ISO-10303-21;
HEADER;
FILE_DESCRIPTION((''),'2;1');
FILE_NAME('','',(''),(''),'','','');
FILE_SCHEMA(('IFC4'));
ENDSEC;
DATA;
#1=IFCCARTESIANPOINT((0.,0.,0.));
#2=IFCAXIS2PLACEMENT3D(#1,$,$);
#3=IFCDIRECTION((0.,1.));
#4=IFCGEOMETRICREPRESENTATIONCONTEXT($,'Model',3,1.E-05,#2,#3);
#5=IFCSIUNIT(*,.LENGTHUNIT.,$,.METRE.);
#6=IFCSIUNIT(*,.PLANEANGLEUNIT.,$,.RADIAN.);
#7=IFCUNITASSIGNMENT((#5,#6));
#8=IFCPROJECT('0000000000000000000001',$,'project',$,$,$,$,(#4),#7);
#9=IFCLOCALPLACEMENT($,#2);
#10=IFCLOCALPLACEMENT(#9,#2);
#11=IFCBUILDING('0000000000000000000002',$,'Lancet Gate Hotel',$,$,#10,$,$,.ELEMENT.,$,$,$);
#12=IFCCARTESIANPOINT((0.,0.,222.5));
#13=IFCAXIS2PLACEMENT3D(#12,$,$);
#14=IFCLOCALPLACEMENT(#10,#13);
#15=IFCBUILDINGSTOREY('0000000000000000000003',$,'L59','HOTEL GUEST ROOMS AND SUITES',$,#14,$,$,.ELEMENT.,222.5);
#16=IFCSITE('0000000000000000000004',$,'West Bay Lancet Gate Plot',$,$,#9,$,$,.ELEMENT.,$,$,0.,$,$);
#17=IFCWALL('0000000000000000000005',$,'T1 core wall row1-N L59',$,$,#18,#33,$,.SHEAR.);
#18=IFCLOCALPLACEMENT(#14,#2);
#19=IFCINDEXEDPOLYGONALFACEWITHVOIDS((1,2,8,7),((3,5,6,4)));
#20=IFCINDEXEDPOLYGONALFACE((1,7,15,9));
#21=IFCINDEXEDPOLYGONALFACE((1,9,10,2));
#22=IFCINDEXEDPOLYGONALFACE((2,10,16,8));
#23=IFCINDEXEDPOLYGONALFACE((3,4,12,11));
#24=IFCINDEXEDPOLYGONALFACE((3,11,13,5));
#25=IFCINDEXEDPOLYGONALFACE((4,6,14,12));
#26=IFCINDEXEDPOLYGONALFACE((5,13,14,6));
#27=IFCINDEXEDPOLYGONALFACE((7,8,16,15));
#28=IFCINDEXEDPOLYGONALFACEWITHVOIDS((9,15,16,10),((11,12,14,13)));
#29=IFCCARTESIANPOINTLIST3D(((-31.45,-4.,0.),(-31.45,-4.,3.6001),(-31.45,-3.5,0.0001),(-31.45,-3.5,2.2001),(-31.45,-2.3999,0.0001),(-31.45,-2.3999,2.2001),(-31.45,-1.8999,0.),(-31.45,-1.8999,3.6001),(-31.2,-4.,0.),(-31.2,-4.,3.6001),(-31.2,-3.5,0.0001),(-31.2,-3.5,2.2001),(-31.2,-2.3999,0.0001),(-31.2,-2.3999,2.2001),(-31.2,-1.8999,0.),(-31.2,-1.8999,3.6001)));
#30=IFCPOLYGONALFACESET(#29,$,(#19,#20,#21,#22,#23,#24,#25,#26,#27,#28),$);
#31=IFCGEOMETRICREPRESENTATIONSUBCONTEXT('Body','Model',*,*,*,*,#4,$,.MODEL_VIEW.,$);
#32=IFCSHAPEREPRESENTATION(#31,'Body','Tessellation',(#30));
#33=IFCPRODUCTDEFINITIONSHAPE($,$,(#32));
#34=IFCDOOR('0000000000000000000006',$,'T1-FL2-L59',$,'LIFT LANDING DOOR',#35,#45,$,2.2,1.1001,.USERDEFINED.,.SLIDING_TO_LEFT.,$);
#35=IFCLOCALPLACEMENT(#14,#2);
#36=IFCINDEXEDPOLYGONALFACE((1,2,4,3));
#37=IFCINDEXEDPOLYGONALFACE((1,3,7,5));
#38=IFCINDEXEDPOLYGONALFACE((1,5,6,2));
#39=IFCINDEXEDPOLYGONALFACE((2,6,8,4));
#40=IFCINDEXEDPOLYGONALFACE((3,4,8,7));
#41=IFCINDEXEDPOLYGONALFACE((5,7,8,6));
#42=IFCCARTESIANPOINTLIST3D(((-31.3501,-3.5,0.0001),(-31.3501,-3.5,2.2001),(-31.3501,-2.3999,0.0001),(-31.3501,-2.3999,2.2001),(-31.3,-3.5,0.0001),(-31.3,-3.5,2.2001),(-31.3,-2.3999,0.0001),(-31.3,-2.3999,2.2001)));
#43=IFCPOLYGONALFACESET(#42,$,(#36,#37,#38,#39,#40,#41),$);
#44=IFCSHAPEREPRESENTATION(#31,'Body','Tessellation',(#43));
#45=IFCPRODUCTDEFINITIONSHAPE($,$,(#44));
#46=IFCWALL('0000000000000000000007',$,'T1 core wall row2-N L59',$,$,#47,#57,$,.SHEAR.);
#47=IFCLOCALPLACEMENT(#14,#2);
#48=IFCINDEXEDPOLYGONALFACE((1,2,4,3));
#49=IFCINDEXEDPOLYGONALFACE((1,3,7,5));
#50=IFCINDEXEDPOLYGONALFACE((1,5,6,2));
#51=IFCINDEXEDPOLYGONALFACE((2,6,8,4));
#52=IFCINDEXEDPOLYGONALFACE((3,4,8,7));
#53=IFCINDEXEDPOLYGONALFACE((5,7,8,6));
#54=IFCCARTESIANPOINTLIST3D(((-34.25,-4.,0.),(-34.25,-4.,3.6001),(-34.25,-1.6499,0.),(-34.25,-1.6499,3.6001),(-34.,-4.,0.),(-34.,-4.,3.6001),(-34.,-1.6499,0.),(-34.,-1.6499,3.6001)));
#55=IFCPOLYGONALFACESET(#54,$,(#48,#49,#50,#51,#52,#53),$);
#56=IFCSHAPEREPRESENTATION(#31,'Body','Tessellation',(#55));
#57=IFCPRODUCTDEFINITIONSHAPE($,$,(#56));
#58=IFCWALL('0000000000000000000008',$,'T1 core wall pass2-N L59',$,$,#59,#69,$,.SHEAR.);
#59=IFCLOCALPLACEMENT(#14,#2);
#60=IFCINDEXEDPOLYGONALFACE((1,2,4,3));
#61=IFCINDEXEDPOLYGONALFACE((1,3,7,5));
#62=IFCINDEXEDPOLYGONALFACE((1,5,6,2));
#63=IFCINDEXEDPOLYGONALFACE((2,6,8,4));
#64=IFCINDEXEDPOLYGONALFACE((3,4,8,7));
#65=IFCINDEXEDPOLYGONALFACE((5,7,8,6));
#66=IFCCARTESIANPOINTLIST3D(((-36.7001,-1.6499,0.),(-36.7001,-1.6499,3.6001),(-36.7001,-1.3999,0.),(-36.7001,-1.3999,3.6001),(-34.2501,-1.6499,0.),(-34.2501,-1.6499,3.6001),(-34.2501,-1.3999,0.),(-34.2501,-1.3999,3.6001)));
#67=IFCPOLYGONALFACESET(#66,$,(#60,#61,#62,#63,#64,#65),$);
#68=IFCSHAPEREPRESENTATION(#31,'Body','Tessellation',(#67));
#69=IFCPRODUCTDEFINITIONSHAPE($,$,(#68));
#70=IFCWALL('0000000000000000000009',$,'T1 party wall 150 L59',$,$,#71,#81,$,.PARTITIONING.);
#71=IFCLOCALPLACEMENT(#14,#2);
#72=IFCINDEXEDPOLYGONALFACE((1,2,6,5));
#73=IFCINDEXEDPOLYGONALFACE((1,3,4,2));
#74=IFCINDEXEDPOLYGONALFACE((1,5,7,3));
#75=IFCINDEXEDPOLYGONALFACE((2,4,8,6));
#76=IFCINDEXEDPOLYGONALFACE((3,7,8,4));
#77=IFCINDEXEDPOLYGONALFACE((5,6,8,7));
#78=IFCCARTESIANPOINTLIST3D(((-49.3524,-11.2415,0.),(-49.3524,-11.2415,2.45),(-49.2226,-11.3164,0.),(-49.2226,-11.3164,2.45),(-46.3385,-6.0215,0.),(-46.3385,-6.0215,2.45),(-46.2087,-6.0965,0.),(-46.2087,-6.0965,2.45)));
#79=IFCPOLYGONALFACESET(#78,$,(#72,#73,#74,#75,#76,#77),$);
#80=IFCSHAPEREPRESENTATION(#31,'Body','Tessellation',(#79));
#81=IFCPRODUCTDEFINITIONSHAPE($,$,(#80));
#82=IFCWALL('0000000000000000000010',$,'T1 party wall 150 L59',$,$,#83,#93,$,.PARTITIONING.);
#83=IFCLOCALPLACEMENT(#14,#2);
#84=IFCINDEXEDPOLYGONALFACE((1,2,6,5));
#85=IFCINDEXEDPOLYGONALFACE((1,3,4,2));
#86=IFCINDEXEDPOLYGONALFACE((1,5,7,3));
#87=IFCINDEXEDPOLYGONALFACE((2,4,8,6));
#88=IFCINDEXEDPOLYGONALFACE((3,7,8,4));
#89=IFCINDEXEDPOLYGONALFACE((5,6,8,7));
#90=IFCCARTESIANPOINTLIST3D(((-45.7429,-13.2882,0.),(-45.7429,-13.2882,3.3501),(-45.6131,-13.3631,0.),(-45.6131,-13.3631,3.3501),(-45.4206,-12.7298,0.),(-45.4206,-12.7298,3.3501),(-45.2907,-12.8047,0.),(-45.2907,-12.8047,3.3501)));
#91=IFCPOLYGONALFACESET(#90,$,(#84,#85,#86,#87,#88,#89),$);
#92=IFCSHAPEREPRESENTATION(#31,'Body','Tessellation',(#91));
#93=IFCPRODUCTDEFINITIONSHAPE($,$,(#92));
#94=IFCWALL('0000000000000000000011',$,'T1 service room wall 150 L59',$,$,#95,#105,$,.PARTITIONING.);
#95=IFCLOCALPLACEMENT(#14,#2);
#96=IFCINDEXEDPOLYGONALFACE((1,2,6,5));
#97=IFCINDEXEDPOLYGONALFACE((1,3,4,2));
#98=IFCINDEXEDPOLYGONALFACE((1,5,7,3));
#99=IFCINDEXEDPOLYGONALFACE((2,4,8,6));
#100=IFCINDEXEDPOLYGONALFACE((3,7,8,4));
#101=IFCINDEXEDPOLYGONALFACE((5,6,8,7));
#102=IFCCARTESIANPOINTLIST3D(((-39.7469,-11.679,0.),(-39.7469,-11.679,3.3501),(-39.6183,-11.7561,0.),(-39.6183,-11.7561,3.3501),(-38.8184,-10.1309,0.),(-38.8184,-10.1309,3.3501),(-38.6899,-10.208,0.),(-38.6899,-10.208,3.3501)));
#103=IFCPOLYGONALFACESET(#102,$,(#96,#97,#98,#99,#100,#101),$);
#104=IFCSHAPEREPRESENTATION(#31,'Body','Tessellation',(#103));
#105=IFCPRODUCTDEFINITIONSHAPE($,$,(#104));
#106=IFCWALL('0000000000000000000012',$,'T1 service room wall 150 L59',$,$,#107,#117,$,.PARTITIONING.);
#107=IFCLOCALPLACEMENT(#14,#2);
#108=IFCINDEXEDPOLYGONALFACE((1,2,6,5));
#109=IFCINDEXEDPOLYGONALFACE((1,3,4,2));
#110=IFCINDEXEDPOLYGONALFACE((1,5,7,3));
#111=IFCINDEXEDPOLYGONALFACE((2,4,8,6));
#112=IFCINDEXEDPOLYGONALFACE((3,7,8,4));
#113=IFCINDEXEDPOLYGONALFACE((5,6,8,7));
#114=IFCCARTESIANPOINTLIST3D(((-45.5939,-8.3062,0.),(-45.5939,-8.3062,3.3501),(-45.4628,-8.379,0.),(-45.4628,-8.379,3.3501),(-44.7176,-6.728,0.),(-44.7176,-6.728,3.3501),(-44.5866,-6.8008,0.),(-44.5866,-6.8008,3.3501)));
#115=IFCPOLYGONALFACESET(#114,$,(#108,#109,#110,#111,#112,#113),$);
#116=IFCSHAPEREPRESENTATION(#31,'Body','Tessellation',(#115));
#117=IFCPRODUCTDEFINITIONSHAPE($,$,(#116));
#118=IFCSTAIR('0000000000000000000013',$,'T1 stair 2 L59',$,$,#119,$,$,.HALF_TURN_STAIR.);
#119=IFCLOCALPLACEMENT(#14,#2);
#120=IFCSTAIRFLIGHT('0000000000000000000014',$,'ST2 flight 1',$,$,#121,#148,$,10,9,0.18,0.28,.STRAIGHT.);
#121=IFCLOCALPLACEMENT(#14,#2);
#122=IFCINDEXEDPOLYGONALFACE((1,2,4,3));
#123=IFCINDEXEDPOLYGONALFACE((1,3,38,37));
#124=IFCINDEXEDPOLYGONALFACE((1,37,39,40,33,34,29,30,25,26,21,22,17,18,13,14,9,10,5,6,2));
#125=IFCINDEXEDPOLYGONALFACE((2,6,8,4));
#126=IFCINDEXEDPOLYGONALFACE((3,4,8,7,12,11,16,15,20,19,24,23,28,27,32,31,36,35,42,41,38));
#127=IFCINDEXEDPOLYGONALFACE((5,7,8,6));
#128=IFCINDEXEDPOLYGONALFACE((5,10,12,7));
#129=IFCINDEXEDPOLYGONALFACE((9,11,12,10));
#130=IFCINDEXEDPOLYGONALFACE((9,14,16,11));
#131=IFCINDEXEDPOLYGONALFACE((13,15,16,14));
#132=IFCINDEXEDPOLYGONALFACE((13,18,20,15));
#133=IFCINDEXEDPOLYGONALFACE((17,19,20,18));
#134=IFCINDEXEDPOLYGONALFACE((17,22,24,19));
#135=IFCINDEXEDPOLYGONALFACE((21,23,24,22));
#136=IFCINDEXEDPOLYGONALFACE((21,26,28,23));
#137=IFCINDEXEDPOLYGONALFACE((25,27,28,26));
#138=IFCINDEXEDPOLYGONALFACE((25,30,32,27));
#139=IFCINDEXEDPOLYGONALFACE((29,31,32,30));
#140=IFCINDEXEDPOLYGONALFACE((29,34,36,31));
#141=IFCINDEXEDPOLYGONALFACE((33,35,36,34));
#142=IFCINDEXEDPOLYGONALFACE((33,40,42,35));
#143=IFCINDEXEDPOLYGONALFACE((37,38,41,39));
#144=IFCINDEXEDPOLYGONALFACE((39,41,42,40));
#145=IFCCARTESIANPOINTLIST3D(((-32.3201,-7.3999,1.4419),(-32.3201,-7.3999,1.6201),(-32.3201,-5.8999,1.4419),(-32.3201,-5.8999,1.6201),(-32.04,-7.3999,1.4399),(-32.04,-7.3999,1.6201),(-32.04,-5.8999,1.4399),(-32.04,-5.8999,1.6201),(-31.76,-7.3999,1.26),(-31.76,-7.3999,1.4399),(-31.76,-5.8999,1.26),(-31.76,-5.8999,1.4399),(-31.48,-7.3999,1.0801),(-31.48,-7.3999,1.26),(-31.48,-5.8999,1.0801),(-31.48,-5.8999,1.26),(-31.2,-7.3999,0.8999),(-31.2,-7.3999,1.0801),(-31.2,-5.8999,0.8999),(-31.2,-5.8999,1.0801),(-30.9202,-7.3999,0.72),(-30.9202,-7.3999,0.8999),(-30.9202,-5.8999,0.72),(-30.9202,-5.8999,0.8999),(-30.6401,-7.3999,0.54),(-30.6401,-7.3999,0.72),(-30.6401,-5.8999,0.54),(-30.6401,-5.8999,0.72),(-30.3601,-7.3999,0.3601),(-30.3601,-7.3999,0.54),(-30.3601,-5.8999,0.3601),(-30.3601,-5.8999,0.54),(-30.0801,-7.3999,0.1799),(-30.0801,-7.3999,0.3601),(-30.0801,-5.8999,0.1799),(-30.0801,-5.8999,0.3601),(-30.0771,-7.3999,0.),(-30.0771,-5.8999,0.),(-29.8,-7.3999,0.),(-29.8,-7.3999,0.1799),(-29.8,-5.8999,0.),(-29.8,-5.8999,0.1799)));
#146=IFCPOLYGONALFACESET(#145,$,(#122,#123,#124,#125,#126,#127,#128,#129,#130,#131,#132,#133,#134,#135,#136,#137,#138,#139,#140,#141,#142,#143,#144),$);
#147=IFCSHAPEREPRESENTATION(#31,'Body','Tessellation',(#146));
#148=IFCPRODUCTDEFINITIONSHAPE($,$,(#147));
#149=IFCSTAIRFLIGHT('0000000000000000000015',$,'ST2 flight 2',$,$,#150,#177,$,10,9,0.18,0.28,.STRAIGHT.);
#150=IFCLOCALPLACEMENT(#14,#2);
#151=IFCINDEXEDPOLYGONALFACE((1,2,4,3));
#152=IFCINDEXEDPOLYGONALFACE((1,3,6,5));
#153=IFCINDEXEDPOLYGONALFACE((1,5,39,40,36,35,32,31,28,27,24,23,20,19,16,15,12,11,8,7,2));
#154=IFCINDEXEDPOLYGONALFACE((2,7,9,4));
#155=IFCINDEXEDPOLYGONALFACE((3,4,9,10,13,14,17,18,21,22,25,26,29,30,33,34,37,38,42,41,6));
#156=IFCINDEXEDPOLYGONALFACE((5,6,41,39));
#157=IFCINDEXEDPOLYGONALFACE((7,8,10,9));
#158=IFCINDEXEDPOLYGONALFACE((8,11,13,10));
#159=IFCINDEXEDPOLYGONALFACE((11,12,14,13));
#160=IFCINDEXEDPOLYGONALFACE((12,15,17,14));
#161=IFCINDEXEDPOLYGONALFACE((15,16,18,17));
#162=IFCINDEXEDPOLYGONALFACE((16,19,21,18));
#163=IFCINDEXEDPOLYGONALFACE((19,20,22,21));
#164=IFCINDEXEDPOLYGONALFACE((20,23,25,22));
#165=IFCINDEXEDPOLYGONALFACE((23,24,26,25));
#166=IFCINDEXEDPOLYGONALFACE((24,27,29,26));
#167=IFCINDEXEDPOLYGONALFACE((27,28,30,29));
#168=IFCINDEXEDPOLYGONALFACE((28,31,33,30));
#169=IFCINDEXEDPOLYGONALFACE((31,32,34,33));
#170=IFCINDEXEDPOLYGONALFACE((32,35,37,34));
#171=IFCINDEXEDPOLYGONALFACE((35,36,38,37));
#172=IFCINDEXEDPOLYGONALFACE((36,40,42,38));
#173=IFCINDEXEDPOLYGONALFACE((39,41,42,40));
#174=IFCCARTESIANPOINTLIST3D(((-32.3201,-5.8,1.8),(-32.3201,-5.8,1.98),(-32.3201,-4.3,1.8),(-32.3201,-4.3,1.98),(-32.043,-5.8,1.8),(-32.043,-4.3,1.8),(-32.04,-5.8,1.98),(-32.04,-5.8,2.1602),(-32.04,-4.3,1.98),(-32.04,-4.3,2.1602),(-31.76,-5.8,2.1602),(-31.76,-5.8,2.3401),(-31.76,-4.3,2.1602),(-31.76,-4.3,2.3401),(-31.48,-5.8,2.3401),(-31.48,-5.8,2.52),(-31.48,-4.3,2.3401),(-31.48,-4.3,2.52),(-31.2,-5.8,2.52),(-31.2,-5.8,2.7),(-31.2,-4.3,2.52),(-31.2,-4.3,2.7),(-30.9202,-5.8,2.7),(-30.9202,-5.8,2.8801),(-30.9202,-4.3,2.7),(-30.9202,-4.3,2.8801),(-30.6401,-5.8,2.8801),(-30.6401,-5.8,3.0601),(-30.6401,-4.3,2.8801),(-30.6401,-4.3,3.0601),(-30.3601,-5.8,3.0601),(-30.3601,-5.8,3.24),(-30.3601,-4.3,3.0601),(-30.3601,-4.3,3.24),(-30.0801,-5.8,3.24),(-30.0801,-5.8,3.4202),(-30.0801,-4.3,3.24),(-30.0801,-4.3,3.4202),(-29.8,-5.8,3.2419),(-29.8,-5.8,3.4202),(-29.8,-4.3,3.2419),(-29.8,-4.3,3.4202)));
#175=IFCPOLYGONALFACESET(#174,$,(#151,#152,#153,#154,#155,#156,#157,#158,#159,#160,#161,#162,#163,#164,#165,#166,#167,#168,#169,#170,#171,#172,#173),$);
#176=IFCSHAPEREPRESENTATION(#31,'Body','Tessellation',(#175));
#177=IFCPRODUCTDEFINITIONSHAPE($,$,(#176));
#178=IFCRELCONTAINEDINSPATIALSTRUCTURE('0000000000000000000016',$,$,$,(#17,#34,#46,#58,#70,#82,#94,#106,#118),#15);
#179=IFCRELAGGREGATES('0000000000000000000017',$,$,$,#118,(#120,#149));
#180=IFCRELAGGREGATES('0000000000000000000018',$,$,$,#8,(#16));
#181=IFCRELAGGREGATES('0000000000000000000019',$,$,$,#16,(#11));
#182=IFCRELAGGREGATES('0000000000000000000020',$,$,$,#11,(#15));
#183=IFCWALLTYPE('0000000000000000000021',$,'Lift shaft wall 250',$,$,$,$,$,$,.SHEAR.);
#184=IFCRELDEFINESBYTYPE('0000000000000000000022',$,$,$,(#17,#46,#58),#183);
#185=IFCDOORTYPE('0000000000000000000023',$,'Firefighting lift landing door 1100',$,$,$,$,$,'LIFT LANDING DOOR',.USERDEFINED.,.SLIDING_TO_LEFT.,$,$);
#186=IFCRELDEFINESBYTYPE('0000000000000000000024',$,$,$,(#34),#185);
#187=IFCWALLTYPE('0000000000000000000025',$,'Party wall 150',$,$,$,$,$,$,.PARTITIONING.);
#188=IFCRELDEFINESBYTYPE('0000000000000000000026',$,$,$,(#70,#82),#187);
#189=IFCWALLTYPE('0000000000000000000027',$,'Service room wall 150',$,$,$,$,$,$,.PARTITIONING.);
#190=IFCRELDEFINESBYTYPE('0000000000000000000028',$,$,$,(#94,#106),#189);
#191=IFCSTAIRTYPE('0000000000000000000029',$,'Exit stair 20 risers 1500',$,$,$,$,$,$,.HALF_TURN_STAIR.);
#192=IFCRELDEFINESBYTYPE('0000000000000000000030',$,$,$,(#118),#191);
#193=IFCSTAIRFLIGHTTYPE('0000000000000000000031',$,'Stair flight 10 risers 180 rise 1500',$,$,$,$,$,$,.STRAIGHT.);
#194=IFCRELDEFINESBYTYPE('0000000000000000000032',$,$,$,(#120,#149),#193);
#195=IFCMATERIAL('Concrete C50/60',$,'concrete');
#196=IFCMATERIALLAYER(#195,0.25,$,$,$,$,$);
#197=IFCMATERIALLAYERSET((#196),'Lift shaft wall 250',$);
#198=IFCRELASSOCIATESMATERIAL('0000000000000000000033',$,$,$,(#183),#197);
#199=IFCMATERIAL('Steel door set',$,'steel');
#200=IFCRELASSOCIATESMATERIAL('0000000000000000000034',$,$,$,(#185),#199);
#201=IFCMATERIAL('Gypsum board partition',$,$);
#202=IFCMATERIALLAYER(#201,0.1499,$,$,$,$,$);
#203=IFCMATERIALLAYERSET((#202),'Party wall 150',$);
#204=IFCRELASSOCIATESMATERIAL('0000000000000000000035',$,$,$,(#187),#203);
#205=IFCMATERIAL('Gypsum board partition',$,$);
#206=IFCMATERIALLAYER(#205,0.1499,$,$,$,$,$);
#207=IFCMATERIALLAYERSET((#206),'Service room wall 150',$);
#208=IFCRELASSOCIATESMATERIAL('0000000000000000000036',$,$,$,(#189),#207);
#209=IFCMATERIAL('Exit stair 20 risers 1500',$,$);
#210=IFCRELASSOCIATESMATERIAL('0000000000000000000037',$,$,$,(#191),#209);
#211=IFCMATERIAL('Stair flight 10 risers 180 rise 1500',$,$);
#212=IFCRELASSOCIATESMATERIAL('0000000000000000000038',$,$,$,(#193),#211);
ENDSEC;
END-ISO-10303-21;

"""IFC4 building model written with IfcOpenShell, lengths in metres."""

from ifc_helpers import new_model, si_unit, direction, frame, frame_2d, origin, place, context, subcontext, project, spatial, polyline, rectangle, outline, extrude, material, layer, layer_set, type_object, element, fill, aggregate, save


model = new_model("IFC4")

# Units and contexts
model_context = context("Model", 3, precision=1e-05, world=origin(), true_north=direction((0.0, 1.0)))
body_context = subcontext(model_context, "Body", "Model", "MODEL_VIEW")
ifc_project = project(units=[si_unit("LENGTHUNIT", "METRE"), si_unit("PLANEANGLEUNIT", "RADIAN")], contexts=[model_context])

# Site, building, storey
site_placement = place(None, origin())
site = spatial("IfcSite", under=ifc_project, at=site_placement, Name="West Bay Lancet Gate Plot", CompositionType="ELEMENT", RefElevation=0.0)
building_placement = place(site_placement, origin())
building = spatial("IfcBuilding", under=site, at=building_placement, Name="Lancet Gate Hotel", CompositionType="ELEMENT")
storey_placement = place(building_placement, frame((0.0, 0.0, 222.5)))
storey = spatial("IfcBuildingStorey", under=building, at=storey_placement, Name="L59", Description="HOTEL GUEST ROOMS AND SUITES", CompositionType="ELEMENT", Elevation=222.5)

# Wall, opening, door
ifc_material_1 = material(Name="Concrete C50/60", Category="concrete")
ifc_layer_1 = layer(ifc_material_1, 0.25)
ifc_layer_set_1 = layer_set([ifc_layer_1], Name="Lift shaft wall 250")
wall_type_1 = type_object("IfcWallType", Name="Lift shaft wall 250", PredefinedType="SHEAR", material=ifc_layer_set_1)
wall_1_placement = place(storey_placement, frame((-31.325, -1.8999, 0.0), z_axis=(0.0, 0.0, 1.0), x_axis=(0.0, -1.0, 0.0)))
wall_1 = element("IfcWall", 1, at=wall_1_placement, inside=storey, type_object=wall_type_1, Name="T1 core wall row1-N L59", PredefinedType="SHEAR", context=body_context, shape_type="SweptSolid", body=[
    extrude(rectangle(XDim=2.1001, YDim=0.25, at=frame_2d((1.05, 0.0))), origin(), (0.0, 0.0, 1.0), 3.6001),
])
opening_1_placement = place(wall_1_placement, frame((0.5, 0.0, 0.0)))
opening_1 = element("IfcOpeningElement", 2, at=opening_1_placement, cuts=wall_1, PredefinedType="OPENING", context=body_context, shape_type="SweptSolid", body=[
    extrude(rectangle(XDim=1.1001, YDim=2.2, at=frame_2d((0.55, 1.1001))), frame((0.0, 0.135, 0.0), z_axis=(0.0, -1.0, 0.0), x_axis=(1.0, 0.0, 0.0)), (0.0, 0.0, 1.0), 0.27),
])
ifc_material_2 = material(Name="Steel door set", Category="steel")
door_type_1 = type_object("IfcDoorType", Name="Firefighting lift landing door 1100", ElementType="LIFT LANDING DOOR", OperationType="SLIDING_TO_LEFT", PredefinedType="USERDEFINED", material=ifc_material_2)
door_1_placement = place(opening_1_placement, origin())
door_1 = element("IfcDoor", 3, at=door_1_placement, inside=storey, type_object=door_type_1, Name="T1-FL2-L59", ObjectType="LIFT LANDING DOOR", OperationType="SLIDING_TO_LEFT", OverallHeight=2.2, OverallWidth=1.1001, PredefinedType="USERDEFINED", context=body_context, shape_type="SweptSolid", body=[
    extrude(rectangle(XDim=1.1001, YDim=2.2, at=frame_2d((0.55, 1.1001))), frame((0.0, 0.0249, 0.0), z_axis=(0.0, -1.0, 0.0), x_axis=(1.0, 0.0, 0.0)), (0.0, 0.0, 1.0), 0.05),
])
fill(opening_1, door_1)

# Walls
wall_2_placement = place(storey_placement, frame((-34.125, -1.6499, 0.0), z_axis=(0.0, 0.0, 1.0), x_axis=(0.0, -1.0, 0.0)))
element("IfcWall", 4, at=wall_2_placement, inside=storey, type_object=wall_type_1, Name="T1 core wall row2-N L59", PredefinedType="SHEAR", context=body_context, shape_type="SweptSolid", body=[
    extrude(rectangle(XDim=2.3501, YDim=0.25, at=frame_2d((1.175, 0.0))), origin(), (0.0, 0.0, 1.0), 3.6001),
])
wall_3_placement = place(storey_placement, frame((-34.25, -1.5249, 0.0), z_axis=(0.0, 0.0, 1.0), x_axis=(-1.0, 0.0, 0.0)))
element("IfcWall", 5, at=wall_3_placement, inside=storey, type_object=wall_type_1, Name="T1 core wall pass2-N L59", PredefinedType="SHEAR", context=body_context, shape_type="SweptSolid", body=[
    extrude(rectangle(XDim=2.45, YDim=0.25, at=frame_2d((1.2251, 0.0))), origin(), (0.0, 0.0, 1.0), 3.6001),
])
ifc_material_3 = material(Name="Gypsum board partition")
ifc_layer_2 = layer(ifc_material_3, 0.1499)
ifc_layer_set_2 = layer_set([ifc_layer_2], Name="Party wall 150")
wall_type_2 = type_object("IfcWallType", Name="Party wall 150", PredefinedType="PARTITIONING", material=ifc_layer_set_2)
wall_4_placement = place(storey_placement, frame((-46.2737, -6.0591, 0.0), z_axis=(0.0, 0.0, 1.0), x_axis=(-0.50002, -0.866014, 0.0)))
element("IfcWall", 6, at=wall_4_placement, inside=storey, type_object=wall_type_2, Name="T1 party wall 150 L59", PredefinedType="PARTITIONING", context=body_context, shape_type="SweptSolid", body=[
    extrude(rectangle(XDim=6.0276, YDim=0.1499, at=frame_2d((3.0137, 0.0))), origin(), (0.0, 0.0, 1.0), 2.45),
])
wall_5_placement = place(storey_placement, frame((-45.3557, -12.7673, 0.0), z_axis=(0.0, 0.0, 1.0), x_axis=(-0.499886, -0.866091, 0.0)))
element("IfcWall", 7, at=wall_5_placement, inside=storey, type_object=wall_type_2, Name="T1 party wall 150 L59", PredefinedType="PARTITIONING", context=body_context, shape_type="SweptSolid", body=[
    extrude(rectangle(XDim=0.6448, YDim=0.1499, at=frame_2d((0.3223, 0.0))), origin(), (0.0, 0.0, 1.0), 3.3501),
])
ifc_material_4 = material(Name="Gypsum board partition")
ifc_layer_3 = layer(ifc_material_4, 0.1499)
ifc_layer_set_3 = layer_set([ifc_layer_3], Name="Service room wall 150")
wall_type_3 = type_object("IfcWallType", Name="Service room wall 150", PredefinedType="PARTITIONING", material=ifc_layer_set_3)
for number, where, z_axis, x_axis, name in (
    (8, (-39.6826, -11.7175, 0.0), (0.0, 0.0, 1.0), (0.514337, 0.857588, 0.0), "T1 service room wall 150 L59"),
    (9, (-44.6521, -6.7644, 0.0), (0.0, 0.0, 1.0), (-0.485425, -0.874278, 0.0), "T1 service room wall 150 L59"),
):
    element("IfcWall", number, at=place(storey_placement, frame(where, z_axis=z_axis, x_axis=x_axis)), inside=storey, type_object=wall_type_3, Name=name, PredefinedType="PARTITIONING", context=body_context, shape_type="SweptSolid", body=[
        extrude(rectangle(XDim=1.8052, YDim=0.1499, at=frame_2d((0.9026, 0.0))), origin(), (0.0, 0.0, 1.0), 3.3501),
    ])

# Stair, stair flights
ifc_material_5 = material(Name="Exit stair 20 risers 1500")
stair_type = type_object("IfcStairType", Name="Exit stair 20 risers 1500", PredefinedType="HALF_TURN_STAIR", material=ifc_material_5)
stair_placement = place(storey_placement, origin())
stair = element("IfcStair", 10, at=stair_placement, inside=storey, type_object=stair_type, Name="T1 stair 2 L59", PredefinedType="HALF_TURN_STAIR")
ifc_material_6 = material(Name="Stair flight 10 risers 180 rise 1500")
stair_flight_type = type_object("IfcStairFlightType", Name="Stair flight 10 risers 180 rise 1500", PredefinedType="STRAIGHT", material=ifc_material_6)
stair_flight_1_placement = place(storey_placement, frame((-29.8, -6.6499, 0.0), z_axis=(0.0, 0.0, 1.0), x_axis=(-1.0, 0.0, 0.0)))
stair_flight_1 = element("IfcStairFlight", 11, at=stair_flight_1_placement, type_object=stair_flight_type, Name="ST2 flight 1", NumberOfRisers=10, NumberOfTreads=9, PredefinedType="STRAIGHT", RiserHeight=0.18, TreadLength=0.28, context=body_context, shape_type="SweptSolid", body=[
    extrude(outline(polyline([(0.0, 0.0), (0.0, 0.1799), (0.28, 0.1799), (0.28, 0.3601), (0.5601, 0.3601), (0.5601, 0.54), (0.8401, 0.54), (0.8401, 0.72), (1.1201, 0.72), (1.1201, 0.8999), (1.3999, 0.8999), (1.3999, 1.0801), (1.6799, 1.0801), (1.6799, 1.26), (1.96, 1.26), (1.96, 1.4399), (2.24, 1.4399), (2.24, 1.6201), (2.52, 1.6201), (2.52, 1.8), (2.52, 1.4419), (0.2771, 0.0), (0.0, 0.0)])), frame((0.0, 0.75, 0.0), z_axis=(0.0, -1.0, 0.0), x_axis=(1.0, 0.0, 0.0)), (0.0, 0.0, 1.0), 1.5),
])
stair_flight_2_placement = place(storey_placement, frame((-32.3201, -5.05, 1.8), z_axis=(0.0, 0.0, 1.0), x_axis=(1.0, 0.0, 0.0)))
stair_flight_2 = element("IfcStairFlight", 12, at=stair_flight_2_placement, type_object=stair_flight_type, Name="ST2 flight 2", NumberOfRisers=10, NumberOfTreads=9, PredefinedType="STRAIGHT", RiserHeight=0.18, TreadLength=0.28, context=body_context, shape_type="SweptSolid", body=[
    extrude(outline(polyline([(0.0, 0.0), (0.0, 0.1799), (0.28, 0.1799), (0.28, 0.3601), (0.5601, 0.3601), (0.5601, 0.54), (0.8401, 0.54), (0.8401, 0.72), (1.1201, 0.72), (1.1201, 0.8999), (1.3999, 0.8999), (1.3999, 1.0801), (1.6799, 1.0801), (1.6799, 1.26), (1.96, 1.26), (1.96, 1.4399), (2.24, 1.4399), (2.24, 1.6201), (2.52, 1.6201), (2.52, 1.8), (2.52, 1.4419), (0.2771, 0.0), (0.0, 0.0)])), frame((0.0, 0.75, 0.0), z_axis=(0.0, -1.0, 0.0), x_axis=(1.0, 0.0, 0.0)), (0.0, 0.0, 1.0), 1.5),
])
aggregate(stair, [stair_flight_1, stair_flight_2])

save(model, "model.ifc")
